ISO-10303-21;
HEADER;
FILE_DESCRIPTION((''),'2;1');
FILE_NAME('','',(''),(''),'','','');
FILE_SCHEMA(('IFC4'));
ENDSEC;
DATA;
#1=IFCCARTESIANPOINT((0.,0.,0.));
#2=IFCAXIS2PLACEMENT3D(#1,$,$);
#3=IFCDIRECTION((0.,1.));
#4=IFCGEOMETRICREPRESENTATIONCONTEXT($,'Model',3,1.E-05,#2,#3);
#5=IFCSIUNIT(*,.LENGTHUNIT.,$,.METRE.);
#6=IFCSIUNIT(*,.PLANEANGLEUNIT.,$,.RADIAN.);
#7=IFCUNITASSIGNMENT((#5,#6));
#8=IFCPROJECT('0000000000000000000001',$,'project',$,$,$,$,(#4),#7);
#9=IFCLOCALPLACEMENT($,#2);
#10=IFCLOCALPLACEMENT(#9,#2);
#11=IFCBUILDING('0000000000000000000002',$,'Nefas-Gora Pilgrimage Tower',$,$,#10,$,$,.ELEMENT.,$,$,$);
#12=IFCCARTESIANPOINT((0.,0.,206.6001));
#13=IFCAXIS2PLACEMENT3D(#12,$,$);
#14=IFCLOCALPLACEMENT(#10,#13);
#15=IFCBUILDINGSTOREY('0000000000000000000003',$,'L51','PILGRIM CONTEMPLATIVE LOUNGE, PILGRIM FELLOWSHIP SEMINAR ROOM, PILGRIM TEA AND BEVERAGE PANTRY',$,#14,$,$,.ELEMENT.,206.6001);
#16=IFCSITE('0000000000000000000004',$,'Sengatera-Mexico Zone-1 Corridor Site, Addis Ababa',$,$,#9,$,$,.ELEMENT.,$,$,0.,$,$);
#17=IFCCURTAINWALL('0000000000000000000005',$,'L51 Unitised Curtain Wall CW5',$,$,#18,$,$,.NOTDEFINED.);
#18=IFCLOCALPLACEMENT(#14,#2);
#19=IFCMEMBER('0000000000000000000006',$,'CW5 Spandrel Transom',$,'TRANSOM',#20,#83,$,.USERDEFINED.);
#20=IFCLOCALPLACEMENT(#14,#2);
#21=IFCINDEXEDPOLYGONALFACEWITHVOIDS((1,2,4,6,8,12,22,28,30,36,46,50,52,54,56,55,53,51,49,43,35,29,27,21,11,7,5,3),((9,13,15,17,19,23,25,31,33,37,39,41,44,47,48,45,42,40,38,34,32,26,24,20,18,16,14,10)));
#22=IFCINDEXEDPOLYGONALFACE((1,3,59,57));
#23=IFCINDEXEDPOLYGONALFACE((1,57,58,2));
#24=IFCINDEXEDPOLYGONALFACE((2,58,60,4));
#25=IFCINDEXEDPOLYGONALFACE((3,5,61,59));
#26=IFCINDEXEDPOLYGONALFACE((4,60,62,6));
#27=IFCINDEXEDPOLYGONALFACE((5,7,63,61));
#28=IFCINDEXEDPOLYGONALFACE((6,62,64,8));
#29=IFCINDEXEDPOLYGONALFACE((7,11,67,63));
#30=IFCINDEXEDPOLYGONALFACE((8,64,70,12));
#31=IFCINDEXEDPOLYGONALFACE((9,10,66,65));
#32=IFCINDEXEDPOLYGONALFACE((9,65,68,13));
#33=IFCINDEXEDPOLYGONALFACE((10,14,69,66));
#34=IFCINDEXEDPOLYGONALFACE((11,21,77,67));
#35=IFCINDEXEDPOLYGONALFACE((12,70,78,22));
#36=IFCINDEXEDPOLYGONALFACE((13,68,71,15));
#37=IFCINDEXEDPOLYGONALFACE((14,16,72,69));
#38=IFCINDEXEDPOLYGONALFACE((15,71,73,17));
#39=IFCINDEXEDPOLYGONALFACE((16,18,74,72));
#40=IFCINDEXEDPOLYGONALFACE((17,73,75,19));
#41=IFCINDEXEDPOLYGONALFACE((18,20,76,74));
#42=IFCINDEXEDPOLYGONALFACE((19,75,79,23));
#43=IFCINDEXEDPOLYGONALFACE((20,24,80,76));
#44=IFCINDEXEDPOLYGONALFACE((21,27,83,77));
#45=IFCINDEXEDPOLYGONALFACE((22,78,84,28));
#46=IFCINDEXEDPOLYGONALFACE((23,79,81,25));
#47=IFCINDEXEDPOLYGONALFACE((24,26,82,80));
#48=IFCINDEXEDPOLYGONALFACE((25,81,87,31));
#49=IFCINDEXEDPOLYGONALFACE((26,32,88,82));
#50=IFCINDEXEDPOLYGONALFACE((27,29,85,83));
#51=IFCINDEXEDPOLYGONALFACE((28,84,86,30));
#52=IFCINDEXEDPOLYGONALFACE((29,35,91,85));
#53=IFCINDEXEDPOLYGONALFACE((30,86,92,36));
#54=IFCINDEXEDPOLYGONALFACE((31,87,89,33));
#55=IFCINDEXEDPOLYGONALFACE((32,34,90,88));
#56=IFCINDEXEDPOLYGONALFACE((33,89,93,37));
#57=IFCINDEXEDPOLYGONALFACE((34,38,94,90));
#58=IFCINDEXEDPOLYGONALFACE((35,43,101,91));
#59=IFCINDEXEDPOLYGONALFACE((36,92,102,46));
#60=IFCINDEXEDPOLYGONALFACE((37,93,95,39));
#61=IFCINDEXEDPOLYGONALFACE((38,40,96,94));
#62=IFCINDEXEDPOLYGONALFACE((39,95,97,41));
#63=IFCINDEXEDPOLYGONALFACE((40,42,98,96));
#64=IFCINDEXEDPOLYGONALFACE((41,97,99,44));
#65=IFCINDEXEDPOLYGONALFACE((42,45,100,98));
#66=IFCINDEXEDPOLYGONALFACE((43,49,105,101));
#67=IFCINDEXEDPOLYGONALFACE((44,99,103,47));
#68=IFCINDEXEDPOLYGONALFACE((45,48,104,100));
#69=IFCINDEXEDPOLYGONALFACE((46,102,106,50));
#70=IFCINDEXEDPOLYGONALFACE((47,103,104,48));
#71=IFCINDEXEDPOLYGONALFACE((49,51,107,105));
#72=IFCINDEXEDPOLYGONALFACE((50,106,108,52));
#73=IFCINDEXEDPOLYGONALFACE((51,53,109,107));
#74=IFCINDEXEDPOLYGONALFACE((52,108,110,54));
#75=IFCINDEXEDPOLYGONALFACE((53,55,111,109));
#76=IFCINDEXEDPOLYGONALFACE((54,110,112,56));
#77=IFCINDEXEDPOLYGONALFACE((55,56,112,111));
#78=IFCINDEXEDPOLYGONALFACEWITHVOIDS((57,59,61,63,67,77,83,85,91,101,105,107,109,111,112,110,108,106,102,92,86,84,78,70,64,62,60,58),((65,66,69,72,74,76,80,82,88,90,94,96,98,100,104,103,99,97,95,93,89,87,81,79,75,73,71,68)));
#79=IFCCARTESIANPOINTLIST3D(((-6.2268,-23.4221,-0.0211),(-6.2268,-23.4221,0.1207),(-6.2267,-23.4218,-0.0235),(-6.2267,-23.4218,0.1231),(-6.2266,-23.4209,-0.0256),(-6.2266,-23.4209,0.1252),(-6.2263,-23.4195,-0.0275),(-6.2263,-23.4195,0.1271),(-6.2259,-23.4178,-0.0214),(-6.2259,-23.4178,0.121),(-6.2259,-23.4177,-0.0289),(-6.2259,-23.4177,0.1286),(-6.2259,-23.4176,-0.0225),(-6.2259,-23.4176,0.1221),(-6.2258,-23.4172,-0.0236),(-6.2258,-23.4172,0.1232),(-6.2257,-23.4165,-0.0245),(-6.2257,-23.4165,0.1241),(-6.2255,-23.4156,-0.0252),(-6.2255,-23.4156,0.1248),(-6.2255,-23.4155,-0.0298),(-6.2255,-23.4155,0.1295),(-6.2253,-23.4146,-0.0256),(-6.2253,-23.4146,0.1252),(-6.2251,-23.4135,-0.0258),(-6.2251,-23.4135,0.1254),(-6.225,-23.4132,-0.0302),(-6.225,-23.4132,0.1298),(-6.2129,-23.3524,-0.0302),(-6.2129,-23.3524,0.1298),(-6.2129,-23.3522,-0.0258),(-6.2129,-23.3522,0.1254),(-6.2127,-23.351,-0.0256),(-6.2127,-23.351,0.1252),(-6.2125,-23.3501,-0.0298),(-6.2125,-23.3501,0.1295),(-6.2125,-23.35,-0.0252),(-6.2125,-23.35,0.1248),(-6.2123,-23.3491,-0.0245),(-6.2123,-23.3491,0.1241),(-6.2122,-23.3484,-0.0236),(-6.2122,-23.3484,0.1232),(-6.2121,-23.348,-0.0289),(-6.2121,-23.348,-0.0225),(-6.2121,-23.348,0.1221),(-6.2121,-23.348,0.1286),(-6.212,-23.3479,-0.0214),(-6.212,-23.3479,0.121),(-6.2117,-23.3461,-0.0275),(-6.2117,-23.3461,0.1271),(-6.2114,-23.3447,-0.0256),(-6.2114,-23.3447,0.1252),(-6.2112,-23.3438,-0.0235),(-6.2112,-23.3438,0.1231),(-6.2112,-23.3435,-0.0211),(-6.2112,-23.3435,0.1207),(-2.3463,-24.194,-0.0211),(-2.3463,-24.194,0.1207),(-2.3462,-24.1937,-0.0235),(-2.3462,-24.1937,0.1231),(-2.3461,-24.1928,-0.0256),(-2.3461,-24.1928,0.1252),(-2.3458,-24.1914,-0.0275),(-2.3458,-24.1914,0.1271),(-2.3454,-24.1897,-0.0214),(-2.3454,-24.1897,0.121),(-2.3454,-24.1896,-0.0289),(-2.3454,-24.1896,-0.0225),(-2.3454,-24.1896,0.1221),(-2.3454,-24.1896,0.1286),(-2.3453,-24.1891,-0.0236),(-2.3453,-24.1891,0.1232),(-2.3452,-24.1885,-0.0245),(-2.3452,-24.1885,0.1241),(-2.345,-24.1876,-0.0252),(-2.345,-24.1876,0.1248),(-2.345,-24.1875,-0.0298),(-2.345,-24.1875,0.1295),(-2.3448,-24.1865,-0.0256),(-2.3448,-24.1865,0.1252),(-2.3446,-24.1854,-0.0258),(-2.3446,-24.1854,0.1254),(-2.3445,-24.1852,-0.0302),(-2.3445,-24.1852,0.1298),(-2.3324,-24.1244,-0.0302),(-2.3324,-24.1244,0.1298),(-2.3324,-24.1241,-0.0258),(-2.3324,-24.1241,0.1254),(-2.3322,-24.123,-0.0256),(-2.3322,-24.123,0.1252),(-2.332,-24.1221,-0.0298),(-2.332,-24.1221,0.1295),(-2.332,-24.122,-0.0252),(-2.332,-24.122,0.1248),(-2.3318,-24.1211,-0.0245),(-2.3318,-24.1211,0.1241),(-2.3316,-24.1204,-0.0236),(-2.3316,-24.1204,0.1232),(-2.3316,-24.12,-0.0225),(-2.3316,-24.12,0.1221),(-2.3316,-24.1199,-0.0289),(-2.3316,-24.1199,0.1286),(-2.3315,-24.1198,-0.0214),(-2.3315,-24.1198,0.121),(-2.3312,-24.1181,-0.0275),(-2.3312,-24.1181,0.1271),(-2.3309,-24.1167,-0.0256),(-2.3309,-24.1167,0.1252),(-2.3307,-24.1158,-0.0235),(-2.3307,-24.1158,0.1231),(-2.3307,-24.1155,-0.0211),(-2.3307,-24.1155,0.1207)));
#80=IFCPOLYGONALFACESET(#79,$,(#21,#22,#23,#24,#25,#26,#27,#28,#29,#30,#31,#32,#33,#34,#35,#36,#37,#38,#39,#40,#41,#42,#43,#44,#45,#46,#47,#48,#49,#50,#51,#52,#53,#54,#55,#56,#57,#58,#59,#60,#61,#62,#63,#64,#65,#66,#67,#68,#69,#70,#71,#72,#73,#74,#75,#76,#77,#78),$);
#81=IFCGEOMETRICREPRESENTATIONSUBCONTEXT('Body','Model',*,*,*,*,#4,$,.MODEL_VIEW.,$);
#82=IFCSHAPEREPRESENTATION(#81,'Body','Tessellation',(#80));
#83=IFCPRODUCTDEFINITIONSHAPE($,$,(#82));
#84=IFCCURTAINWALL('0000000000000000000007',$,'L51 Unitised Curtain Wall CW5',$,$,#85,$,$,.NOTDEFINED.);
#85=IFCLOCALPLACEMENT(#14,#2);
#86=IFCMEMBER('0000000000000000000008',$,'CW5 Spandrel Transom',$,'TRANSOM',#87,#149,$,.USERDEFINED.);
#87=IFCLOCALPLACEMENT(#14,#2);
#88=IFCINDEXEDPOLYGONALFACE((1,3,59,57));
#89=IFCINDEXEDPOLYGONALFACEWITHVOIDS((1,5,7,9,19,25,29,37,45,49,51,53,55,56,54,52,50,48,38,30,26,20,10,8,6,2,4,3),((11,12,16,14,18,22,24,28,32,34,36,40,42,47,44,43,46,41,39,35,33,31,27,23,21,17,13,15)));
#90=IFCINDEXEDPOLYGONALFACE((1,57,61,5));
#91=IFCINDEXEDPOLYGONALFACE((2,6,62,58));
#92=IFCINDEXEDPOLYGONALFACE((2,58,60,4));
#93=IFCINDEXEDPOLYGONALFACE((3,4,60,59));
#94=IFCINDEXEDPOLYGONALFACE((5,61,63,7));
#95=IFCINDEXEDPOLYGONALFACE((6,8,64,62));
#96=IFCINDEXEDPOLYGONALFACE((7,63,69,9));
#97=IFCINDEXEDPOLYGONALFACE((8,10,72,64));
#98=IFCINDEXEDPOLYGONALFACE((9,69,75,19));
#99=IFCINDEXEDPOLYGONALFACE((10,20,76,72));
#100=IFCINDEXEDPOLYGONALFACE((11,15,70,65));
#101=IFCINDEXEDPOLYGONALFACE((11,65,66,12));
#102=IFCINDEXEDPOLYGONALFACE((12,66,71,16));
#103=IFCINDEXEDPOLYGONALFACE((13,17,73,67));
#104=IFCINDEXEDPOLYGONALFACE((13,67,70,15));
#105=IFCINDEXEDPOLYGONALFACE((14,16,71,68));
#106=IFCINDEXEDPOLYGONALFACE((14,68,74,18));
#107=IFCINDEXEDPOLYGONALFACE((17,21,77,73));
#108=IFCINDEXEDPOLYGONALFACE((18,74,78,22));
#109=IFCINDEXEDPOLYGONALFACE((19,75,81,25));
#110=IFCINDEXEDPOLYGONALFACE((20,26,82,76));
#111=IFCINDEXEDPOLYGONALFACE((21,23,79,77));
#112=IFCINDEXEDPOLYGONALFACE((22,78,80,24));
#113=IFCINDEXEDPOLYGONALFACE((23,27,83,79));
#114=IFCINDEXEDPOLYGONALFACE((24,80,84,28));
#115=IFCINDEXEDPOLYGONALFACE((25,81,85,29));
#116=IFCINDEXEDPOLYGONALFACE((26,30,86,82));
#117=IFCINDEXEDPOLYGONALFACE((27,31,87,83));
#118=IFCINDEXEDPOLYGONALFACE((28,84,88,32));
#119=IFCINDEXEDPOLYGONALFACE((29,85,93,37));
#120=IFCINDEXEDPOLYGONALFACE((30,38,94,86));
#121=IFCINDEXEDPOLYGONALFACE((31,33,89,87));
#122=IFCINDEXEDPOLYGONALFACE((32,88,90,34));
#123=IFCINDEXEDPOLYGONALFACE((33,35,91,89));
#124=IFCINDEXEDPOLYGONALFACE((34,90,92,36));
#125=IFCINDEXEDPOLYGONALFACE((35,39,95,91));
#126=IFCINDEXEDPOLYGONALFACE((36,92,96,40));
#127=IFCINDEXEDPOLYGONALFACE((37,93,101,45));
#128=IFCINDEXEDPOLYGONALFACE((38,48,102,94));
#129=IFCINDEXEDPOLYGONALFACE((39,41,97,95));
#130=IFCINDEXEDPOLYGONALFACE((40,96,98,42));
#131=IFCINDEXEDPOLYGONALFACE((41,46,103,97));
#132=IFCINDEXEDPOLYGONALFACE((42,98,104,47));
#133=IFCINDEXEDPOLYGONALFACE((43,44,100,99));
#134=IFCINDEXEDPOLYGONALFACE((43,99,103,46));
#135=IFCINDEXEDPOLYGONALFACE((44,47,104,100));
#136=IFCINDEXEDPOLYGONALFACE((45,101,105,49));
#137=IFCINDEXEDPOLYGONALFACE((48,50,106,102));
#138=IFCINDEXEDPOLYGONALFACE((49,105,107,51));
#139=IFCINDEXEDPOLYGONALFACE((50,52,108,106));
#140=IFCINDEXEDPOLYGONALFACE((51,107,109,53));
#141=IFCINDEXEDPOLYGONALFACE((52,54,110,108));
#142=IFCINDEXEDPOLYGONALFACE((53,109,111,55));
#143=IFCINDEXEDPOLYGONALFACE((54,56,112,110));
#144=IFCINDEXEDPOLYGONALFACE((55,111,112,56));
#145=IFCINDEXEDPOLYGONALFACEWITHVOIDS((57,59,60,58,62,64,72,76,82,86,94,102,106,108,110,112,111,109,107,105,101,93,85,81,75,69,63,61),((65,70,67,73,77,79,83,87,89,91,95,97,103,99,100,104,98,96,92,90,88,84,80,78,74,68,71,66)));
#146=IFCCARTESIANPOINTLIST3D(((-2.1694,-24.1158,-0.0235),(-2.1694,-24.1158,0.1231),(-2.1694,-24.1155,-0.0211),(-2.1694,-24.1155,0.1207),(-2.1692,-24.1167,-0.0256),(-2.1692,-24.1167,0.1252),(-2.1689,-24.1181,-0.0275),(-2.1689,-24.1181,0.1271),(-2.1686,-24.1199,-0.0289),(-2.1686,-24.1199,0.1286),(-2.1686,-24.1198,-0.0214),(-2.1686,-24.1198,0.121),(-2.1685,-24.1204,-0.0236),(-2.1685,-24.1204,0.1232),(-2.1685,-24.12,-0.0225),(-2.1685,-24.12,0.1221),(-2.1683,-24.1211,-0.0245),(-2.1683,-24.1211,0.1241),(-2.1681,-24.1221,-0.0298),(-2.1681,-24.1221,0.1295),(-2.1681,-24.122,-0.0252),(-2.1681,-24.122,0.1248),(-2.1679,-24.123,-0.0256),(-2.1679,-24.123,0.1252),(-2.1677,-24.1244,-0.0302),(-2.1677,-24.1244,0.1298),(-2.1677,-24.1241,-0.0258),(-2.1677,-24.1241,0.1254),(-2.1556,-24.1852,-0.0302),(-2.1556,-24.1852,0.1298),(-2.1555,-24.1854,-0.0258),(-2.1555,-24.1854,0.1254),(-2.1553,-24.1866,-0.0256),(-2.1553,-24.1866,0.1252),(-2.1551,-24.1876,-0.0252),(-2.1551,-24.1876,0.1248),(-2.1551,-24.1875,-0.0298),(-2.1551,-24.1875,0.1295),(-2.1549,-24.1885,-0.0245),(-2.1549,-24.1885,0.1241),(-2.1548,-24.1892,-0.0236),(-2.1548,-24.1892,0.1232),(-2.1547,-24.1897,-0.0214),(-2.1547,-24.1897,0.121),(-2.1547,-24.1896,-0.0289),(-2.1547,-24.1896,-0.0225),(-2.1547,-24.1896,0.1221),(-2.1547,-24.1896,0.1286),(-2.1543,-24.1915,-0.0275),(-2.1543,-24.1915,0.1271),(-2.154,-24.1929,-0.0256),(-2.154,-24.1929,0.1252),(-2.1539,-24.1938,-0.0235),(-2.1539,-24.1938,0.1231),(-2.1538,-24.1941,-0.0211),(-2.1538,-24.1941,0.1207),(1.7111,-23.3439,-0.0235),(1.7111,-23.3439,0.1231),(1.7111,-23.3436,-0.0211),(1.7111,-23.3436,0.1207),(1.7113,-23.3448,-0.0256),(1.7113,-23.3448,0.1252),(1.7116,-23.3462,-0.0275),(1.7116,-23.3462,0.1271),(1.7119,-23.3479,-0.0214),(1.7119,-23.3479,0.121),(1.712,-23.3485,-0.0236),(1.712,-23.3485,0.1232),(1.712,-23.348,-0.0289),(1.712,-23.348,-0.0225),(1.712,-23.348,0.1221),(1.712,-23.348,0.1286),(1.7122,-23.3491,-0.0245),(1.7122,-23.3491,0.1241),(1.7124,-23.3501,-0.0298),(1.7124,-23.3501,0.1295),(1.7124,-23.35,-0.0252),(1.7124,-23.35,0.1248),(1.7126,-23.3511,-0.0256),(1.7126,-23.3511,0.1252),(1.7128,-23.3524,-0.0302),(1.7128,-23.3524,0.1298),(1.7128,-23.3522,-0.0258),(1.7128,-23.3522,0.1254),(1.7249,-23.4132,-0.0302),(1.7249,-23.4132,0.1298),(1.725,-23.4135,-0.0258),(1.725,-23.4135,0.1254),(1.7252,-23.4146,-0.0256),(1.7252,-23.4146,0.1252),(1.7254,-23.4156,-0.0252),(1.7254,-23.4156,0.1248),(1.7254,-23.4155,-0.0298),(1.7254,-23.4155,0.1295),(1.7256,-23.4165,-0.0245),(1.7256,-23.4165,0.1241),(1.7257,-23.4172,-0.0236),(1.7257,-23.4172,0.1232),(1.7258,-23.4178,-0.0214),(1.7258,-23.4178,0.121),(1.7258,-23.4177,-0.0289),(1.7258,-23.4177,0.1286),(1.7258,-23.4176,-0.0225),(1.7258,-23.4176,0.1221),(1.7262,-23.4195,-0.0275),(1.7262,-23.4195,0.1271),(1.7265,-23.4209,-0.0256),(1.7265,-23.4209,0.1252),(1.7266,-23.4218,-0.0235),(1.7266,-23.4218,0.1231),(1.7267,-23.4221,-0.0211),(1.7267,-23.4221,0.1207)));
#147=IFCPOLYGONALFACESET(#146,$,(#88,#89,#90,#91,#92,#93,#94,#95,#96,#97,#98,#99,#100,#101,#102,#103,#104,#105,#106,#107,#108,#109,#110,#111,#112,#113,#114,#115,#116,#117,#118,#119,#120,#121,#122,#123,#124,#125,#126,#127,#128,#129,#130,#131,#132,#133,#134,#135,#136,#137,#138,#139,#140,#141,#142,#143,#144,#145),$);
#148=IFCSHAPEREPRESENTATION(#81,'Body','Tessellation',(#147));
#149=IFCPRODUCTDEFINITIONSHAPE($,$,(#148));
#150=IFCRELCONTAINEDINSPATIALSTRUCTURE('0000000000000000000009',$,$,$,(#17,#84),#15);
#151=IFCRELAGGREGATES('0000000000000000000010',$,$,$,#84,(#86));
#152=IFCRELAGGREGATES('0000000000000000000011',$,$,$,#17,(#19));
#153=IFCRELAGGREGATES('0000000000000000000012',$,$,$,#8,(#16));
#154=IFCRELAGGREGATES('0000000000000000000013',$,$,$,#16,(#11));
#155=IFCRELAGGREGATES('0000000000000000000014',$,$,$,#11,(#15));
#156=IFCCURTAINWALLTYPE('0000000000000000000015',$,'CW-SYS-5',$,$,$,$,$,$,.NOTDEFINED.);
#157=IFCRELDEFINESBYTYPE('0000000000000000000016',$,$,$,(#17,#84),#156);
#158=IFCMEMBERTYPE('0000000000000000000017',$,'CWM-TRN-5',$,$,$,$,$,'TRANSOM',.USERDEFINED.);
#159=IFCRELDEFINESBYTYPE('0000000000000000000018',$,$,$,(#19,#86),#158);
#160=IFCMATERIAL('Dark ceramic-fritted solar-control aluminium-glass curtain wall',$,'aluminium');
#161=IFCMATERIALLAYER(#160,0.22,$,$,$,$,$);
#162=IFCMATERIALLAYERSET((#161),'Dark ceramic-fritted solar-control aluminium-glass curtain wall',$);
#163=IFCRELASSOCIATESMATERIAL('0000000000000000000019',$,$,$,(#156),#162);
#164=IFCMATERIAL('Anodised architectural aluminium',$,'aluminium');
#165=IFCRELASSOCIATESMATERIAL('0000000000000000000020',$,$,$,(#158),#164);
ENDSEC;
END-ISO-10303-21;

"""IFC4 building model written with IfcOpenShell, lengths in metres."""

from ifc_helpers import new_model, si_unit, direction, frame, origin, origin_2d, place, context, subcontext, project, spatial, hollow_rectangle, extrude, source, transform, mapped, material, layer, layer_set, material_profile, profile_set, type_object, element, aggregate, save


model = new_model("IFC4")

# Units and contexts
model_context = context("Model", 3, precision=1e-05, world=origin(), true_north=direction((0.0, 1.0)))
body_context = subcontext(model_context, "Body", "Model", "MODEL_VIEW")
ifc_project = project(units=[si_unit("LENGTHUNIT", "METRE"), si_unit("PLANEANGLEUNIT", "RADIAN")], contexts=[model_context])

# Site, building, storey
site_placement = place(None, origin())
site = spatial("IfcSite", under=ifc_project, at=site_placement, Name="Sengatera-Mexico Zone-1 Corridor Site, Addis Ababa", CompositionType="ELEMENT", RefElevation=0.0)
building_placement = place(site_placement, origin())
building = spatial("IfcBuilding", under=site, at=building_placement, Name="Nefas-Gora Pilgrimage Tower", CompositionType="ELEMENT")
storey_placement = place(building_placement, frame((0.0, 0.0, 206.6001)))
storey = spatial("IfcBuildingStorey", under=building, at=storey_placement, Name="L51", Description="PILGRIM CONTEMPLATIVE LOUNGE, PILGRIM FELLOWSHIP SEMINAR ROOM, PILGRIM TEA AND BEVERAGE PANTRY", CompositionType="ELEMENT", Elevation=206.6001)

# Curtain walls, members
ifc_material_1 = material(Name="Dark ceramic-fritted solar-control aluminium-glass curtain wall", Category="aluminium")
ifc_layer_1 = layer(ifc_material_1, 0.22)
ifc_layer_set_1 = layer_set([ifc_layer_1], Name="Dark ceramic-fritted solar-control aluminium-glass curtain wall")
curtain_wall_type = type_object("IfcCurtainWallType", Name="CW-SYS-5", PredefinedType="NOTDEFINED", material=ifc_layer_set_1)
curtain_wall_1_placement = place(storey_placement, origin())
curtain_wall_1 = element("IfcCurtainWall", 1, at=curtain_wall_1_placement, inside=storey, type_object=curtain_wall_type, Name="L51 Unitised Curtain Wall CW5", PredefinedType="NOTDEFINED")
ifc_material_2 = material(Name="Anodised architectural aluminium", Category="aluminium")
ifc_material_profile_1 = material_profile(ifc_material_2, hollow_rectangle(XDim=0.0801, YDim=0.1599, WallThickness=0.0044, InnerFilletRadius=0.0044, OuterFilletRadius=0.009, at=origin_2d()), Name="ALU TRANSOM 80x160")
ifc_profile_set_1 = profile_set([ifc_material_profile_1], Name="Anodised architectural aluminium")
member_type_1 = type_object("IfcMemberType", Name="CWM-TRN-5", ElementType="TRANSOM", PredefinedType="USERDEFINED", material=ifc_profile_set_1)
shared_shape_1 = source(origin(), body_context, "Body", "SweptSolid", [
    extrude(hollow_rectangle(XDim=0.0801, YDim=0.1599, WallThickness=0.0044, InnerFilletRadius=0.0044, OuterFilletRadius=0.009, at=origin_2d()), origin(), (0.0, 0.0, 1.0), 3.9565),
])
member_1_placement = place(storey_placement, frame((-6.219, -23.3828, 0.0498), z_axis=(0.980782, -0.195107, 0.0), x_axis=(0.195107, 0.980782, 0.0)))
member_1 = element("IfcMember", 2, at=member_1_placement, type_object=member_type_1, Name="CW5 Spandrel Transom", ObjectType="TRANSOM", PredefinedType="USERDEFINED", context=body_context, shape_type="MappedRepresentation", body=[
    mapped(shared_shape_1, transform((0.0, 0.0, 0.0), x_axis=(1.0, 0.0, 0.0), y_axis=(0.0, 1.0, 0.0), z_axis=(0.0, 0.0, 1.0), scale=1.0)),
])
curtain_wall_2_placement = place(storey_placement, origin())
curtain_wall_2 = element("IfcCurtainWall", 3, at=curtain_wall_2_placement, inside=storey, type_object=curtain_wall_type, Name="L51 Unitised Curtain Wall CW5", PredefinedType="NOTDEFINED")
member_2_placement = place(storey_placement, frame((-2.1616, -24.1548, 0.0498), z_axis=(0.980782, 0.195107, 0.0), x_axis=(-0.195107, 0.980782, 0.0)))
member_2 = element("IfcMember", 4, at=member_2_placement, type_object=member_type_1, Name="CW5 Spandrel Transom", ObjectType="TRANSOM", PredefinedType="USERDEFINED", context=body_context, shape_type="MappedRepresentation", body=[
    mapped(shared_shape_1, transform((0.0, 0.0, 0.0), x_axis=(1.0, 0.0, 0.0), y_axis=(0.0, 1.0, 0.0), z_axis=(0.0, 0.0, 1.0), scale=1.0)),
])

aggregate(curtain_wall_2, [member_2])

aggregate(curtain_wall_1, [member_1])

save(model, "model.ifc")
